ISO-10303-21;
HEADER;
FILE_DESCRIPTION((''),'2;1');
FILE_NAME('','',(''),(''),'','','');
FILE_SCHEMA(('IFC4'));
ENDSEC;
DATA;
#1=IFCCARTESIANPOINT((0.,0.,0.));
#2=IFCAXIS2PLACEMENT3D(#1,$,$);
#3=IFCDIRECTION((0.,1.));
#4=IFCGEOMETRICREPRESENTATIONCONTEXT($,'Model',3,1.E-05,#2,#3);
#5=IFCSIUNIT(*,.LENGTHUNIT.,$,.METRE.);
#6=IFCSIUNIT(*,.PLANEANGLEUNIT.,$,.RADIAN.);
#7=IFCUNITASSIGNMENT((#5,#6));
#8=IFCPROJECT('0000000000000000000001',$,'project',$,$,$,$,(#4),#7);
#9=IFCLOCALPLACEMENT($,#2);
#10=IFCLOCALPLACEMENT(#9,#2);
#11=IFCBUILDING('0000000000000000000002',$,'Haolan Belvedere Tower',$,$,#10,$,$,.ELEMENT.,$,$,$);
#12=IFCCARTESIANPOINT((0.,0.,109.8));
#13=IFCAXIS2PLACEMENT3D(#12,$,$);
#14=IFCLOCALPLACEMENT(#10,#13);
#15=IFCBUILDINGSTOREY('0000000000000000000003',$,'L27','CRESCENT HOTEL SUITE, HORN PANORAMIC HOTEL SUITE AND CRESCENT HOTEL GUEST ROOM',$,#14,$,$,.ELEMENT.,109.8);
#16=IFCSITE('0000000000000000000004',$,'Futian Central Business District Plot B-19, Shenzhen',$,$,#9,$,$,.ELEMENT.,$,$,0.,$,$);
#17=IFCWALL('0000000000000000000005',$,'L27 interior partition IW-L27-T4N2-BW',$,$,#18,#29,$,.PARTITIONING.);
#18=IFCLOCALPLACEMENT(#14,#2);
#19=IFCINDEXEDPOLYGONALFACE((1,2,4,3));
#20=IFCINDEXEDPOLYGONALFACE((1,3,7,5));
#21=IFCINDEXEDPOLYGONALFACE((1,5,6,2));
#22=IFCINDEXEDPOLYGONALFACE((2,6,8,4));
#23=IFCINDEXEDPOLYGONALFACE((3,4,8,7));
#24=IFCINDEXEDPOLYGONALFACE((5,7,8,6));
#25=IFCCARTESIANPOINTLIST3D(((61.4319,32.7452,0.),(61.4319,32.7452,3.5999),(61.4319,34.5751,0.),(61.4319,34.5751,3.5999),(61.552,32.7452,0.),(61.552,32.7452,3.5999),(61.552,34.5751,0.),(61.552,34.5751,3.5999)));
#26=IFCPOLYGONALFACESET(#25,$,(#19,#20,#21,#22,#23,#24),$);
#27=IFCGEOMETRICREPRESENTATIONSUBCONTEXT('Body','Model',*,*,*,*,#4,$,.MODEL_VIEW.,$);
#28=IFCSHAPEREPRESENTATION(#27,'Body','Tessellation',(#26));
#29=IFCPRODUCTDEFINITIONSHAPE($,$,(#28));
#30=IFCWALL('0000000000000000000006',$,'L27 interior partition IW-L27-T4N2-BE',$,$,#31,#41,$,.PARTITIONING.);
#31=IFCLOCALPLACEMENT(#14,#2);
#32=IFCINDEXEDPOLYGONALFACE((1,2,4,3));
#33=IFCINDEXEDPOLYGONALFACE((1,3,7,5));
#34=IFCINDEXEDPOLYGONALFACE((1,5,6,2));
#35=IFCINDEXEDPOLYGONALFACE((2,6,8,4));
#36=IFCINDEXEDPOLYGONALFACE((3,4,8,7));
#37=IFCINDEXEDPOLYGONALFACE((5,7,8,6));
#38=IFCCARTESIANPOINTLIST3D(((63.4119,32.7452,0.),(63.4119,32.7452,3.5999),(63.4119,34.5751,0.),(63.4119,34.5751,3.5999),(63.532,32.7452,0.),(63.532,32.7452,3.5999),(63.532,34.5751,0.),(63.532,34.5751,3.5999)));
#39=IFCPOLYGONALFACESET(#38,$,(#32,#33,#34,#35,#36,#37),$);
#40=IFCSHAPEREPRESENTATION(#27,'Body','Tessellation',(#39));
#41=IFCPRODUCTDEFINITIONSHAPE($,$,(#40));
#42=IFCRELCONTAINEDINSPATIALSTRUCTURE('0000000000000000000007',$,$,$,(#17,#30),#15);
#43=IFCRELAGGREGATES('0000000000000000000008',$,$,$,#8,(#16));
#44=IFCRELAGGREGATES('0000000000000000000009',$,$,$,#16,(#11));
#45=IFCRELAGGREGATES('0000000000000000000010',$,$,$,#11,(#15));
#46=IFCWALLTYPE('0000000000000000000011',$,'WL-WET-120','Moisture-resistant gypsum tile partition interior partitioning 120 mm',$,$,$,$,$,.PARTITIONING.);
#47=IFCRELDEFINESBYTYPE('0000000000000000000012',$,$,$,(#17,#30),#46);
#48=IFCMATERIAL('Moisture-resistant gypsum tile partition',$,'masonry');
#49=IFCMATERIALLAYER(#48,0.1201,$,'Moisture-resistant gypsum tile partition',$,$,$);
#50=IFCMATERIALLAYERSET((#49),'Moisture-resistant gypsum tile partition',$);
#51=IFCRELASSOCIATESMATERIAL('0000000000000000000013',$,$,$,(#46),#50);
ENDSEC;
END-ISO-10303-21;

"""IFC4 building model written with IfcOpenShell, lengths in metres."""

from ifc_helpers import new_model, si_unit, direction, frame, frame_2d, origin, place, context, subcontext, project, spatial, rectangle, extrude, material, layer, layer_set, type_object, element, save


model = new_model("IFC4")

# Units and contexts
model_context = context("Model", 3, precision=1e-05, world=origin(), true_north=direction((0.0, 1.0)))
body_context = subcontext(model_context, "Body", "Model", "MODEL_VIEW")
ifc_project = project(units=[si_unit("LENGTHUNIT", "METRE"), si_unit("PLANEANGLEUNIT", "RADIAN")], contexts=[model_context])

# Site, building, storey
site_placement = place(None, origin())
site = spatial("IfcSite", under=ifc_project, at=site_placement, Name="Futian Central Business District Plot B-19, Shenzhen", CompositionType="ELEMENT", RefElevation=0.0)
building_placement = place(site_placement, origin())
building = spatial("IfcBuilding", under=site, at=building_placement, Name="Haolan Belvedere Tower", CompositionType="ELEMENT")
storey_placement = place(building_placement, frame((0.0, 0.0, 109.8)))
storey = spatial("IfcBuildingStorey", under=building, at=storey_placement, Name="L27", Description="CRESCENT HOTEL SUITE, HORN PANORAMIC HOTEL SUITE AND CRESCENT HOTEL GUEST ROOM", CompositionType="ELEMENT", Elevation=109.8)

# Shared definitions
ifc_material_1 = material(Name="Moisture-resistant gypsum tile partition", Category="masonry")
ifc_layer_1 = layer(ifc_material_1, 0.1201, Name="Moisture-resistant gypsum tile partition")
ifc_layer_set_1 = layer_set([ifc_layer_1], Name="Moisture-resistant gypsum tile partition")
wall_type_1 = type_object("IfcWallType", Name="WL-WET-120", Description="Moisture-resistant gypsum tile partition interior partitioning 120 mm", PredefinedType="PARTITIONING", material=ifc_layer_set_1)

# Walls
for number, where, z_axis, x_axis, name in (
    (1, (61.4919, 32.7451, 0.0), (0.0, 0.0, 1.0), (0.0, 1.0, 0.0), "L27 interior partition IW-L27-T4N2-BW"),
    (2, (63.4719, 32.7451, 0.0), (0.0, 0.0, 1.0), (0.0, 1.0, 0.0), "L27 interior partition IW-L27-T4N2-BE"),
):
    element("IfcWall", number, at=place(storey_placement, frame(where, z_axis=z_axis, x_axis=x_axis)), inside=storey, type_object=wall_type_1, Name=name, PredefinedType="PARTITIONING", context=body_context, shape_type="SweptSolid", body=[
        extrude(rectangle(XDim=1.8298, YDim=0.1201, at=frame_2d((0.915, 0.0))), origin(), (0.0, 0.0, 1.0), 3.5999),
    ])

save(model, "model.ifc")
